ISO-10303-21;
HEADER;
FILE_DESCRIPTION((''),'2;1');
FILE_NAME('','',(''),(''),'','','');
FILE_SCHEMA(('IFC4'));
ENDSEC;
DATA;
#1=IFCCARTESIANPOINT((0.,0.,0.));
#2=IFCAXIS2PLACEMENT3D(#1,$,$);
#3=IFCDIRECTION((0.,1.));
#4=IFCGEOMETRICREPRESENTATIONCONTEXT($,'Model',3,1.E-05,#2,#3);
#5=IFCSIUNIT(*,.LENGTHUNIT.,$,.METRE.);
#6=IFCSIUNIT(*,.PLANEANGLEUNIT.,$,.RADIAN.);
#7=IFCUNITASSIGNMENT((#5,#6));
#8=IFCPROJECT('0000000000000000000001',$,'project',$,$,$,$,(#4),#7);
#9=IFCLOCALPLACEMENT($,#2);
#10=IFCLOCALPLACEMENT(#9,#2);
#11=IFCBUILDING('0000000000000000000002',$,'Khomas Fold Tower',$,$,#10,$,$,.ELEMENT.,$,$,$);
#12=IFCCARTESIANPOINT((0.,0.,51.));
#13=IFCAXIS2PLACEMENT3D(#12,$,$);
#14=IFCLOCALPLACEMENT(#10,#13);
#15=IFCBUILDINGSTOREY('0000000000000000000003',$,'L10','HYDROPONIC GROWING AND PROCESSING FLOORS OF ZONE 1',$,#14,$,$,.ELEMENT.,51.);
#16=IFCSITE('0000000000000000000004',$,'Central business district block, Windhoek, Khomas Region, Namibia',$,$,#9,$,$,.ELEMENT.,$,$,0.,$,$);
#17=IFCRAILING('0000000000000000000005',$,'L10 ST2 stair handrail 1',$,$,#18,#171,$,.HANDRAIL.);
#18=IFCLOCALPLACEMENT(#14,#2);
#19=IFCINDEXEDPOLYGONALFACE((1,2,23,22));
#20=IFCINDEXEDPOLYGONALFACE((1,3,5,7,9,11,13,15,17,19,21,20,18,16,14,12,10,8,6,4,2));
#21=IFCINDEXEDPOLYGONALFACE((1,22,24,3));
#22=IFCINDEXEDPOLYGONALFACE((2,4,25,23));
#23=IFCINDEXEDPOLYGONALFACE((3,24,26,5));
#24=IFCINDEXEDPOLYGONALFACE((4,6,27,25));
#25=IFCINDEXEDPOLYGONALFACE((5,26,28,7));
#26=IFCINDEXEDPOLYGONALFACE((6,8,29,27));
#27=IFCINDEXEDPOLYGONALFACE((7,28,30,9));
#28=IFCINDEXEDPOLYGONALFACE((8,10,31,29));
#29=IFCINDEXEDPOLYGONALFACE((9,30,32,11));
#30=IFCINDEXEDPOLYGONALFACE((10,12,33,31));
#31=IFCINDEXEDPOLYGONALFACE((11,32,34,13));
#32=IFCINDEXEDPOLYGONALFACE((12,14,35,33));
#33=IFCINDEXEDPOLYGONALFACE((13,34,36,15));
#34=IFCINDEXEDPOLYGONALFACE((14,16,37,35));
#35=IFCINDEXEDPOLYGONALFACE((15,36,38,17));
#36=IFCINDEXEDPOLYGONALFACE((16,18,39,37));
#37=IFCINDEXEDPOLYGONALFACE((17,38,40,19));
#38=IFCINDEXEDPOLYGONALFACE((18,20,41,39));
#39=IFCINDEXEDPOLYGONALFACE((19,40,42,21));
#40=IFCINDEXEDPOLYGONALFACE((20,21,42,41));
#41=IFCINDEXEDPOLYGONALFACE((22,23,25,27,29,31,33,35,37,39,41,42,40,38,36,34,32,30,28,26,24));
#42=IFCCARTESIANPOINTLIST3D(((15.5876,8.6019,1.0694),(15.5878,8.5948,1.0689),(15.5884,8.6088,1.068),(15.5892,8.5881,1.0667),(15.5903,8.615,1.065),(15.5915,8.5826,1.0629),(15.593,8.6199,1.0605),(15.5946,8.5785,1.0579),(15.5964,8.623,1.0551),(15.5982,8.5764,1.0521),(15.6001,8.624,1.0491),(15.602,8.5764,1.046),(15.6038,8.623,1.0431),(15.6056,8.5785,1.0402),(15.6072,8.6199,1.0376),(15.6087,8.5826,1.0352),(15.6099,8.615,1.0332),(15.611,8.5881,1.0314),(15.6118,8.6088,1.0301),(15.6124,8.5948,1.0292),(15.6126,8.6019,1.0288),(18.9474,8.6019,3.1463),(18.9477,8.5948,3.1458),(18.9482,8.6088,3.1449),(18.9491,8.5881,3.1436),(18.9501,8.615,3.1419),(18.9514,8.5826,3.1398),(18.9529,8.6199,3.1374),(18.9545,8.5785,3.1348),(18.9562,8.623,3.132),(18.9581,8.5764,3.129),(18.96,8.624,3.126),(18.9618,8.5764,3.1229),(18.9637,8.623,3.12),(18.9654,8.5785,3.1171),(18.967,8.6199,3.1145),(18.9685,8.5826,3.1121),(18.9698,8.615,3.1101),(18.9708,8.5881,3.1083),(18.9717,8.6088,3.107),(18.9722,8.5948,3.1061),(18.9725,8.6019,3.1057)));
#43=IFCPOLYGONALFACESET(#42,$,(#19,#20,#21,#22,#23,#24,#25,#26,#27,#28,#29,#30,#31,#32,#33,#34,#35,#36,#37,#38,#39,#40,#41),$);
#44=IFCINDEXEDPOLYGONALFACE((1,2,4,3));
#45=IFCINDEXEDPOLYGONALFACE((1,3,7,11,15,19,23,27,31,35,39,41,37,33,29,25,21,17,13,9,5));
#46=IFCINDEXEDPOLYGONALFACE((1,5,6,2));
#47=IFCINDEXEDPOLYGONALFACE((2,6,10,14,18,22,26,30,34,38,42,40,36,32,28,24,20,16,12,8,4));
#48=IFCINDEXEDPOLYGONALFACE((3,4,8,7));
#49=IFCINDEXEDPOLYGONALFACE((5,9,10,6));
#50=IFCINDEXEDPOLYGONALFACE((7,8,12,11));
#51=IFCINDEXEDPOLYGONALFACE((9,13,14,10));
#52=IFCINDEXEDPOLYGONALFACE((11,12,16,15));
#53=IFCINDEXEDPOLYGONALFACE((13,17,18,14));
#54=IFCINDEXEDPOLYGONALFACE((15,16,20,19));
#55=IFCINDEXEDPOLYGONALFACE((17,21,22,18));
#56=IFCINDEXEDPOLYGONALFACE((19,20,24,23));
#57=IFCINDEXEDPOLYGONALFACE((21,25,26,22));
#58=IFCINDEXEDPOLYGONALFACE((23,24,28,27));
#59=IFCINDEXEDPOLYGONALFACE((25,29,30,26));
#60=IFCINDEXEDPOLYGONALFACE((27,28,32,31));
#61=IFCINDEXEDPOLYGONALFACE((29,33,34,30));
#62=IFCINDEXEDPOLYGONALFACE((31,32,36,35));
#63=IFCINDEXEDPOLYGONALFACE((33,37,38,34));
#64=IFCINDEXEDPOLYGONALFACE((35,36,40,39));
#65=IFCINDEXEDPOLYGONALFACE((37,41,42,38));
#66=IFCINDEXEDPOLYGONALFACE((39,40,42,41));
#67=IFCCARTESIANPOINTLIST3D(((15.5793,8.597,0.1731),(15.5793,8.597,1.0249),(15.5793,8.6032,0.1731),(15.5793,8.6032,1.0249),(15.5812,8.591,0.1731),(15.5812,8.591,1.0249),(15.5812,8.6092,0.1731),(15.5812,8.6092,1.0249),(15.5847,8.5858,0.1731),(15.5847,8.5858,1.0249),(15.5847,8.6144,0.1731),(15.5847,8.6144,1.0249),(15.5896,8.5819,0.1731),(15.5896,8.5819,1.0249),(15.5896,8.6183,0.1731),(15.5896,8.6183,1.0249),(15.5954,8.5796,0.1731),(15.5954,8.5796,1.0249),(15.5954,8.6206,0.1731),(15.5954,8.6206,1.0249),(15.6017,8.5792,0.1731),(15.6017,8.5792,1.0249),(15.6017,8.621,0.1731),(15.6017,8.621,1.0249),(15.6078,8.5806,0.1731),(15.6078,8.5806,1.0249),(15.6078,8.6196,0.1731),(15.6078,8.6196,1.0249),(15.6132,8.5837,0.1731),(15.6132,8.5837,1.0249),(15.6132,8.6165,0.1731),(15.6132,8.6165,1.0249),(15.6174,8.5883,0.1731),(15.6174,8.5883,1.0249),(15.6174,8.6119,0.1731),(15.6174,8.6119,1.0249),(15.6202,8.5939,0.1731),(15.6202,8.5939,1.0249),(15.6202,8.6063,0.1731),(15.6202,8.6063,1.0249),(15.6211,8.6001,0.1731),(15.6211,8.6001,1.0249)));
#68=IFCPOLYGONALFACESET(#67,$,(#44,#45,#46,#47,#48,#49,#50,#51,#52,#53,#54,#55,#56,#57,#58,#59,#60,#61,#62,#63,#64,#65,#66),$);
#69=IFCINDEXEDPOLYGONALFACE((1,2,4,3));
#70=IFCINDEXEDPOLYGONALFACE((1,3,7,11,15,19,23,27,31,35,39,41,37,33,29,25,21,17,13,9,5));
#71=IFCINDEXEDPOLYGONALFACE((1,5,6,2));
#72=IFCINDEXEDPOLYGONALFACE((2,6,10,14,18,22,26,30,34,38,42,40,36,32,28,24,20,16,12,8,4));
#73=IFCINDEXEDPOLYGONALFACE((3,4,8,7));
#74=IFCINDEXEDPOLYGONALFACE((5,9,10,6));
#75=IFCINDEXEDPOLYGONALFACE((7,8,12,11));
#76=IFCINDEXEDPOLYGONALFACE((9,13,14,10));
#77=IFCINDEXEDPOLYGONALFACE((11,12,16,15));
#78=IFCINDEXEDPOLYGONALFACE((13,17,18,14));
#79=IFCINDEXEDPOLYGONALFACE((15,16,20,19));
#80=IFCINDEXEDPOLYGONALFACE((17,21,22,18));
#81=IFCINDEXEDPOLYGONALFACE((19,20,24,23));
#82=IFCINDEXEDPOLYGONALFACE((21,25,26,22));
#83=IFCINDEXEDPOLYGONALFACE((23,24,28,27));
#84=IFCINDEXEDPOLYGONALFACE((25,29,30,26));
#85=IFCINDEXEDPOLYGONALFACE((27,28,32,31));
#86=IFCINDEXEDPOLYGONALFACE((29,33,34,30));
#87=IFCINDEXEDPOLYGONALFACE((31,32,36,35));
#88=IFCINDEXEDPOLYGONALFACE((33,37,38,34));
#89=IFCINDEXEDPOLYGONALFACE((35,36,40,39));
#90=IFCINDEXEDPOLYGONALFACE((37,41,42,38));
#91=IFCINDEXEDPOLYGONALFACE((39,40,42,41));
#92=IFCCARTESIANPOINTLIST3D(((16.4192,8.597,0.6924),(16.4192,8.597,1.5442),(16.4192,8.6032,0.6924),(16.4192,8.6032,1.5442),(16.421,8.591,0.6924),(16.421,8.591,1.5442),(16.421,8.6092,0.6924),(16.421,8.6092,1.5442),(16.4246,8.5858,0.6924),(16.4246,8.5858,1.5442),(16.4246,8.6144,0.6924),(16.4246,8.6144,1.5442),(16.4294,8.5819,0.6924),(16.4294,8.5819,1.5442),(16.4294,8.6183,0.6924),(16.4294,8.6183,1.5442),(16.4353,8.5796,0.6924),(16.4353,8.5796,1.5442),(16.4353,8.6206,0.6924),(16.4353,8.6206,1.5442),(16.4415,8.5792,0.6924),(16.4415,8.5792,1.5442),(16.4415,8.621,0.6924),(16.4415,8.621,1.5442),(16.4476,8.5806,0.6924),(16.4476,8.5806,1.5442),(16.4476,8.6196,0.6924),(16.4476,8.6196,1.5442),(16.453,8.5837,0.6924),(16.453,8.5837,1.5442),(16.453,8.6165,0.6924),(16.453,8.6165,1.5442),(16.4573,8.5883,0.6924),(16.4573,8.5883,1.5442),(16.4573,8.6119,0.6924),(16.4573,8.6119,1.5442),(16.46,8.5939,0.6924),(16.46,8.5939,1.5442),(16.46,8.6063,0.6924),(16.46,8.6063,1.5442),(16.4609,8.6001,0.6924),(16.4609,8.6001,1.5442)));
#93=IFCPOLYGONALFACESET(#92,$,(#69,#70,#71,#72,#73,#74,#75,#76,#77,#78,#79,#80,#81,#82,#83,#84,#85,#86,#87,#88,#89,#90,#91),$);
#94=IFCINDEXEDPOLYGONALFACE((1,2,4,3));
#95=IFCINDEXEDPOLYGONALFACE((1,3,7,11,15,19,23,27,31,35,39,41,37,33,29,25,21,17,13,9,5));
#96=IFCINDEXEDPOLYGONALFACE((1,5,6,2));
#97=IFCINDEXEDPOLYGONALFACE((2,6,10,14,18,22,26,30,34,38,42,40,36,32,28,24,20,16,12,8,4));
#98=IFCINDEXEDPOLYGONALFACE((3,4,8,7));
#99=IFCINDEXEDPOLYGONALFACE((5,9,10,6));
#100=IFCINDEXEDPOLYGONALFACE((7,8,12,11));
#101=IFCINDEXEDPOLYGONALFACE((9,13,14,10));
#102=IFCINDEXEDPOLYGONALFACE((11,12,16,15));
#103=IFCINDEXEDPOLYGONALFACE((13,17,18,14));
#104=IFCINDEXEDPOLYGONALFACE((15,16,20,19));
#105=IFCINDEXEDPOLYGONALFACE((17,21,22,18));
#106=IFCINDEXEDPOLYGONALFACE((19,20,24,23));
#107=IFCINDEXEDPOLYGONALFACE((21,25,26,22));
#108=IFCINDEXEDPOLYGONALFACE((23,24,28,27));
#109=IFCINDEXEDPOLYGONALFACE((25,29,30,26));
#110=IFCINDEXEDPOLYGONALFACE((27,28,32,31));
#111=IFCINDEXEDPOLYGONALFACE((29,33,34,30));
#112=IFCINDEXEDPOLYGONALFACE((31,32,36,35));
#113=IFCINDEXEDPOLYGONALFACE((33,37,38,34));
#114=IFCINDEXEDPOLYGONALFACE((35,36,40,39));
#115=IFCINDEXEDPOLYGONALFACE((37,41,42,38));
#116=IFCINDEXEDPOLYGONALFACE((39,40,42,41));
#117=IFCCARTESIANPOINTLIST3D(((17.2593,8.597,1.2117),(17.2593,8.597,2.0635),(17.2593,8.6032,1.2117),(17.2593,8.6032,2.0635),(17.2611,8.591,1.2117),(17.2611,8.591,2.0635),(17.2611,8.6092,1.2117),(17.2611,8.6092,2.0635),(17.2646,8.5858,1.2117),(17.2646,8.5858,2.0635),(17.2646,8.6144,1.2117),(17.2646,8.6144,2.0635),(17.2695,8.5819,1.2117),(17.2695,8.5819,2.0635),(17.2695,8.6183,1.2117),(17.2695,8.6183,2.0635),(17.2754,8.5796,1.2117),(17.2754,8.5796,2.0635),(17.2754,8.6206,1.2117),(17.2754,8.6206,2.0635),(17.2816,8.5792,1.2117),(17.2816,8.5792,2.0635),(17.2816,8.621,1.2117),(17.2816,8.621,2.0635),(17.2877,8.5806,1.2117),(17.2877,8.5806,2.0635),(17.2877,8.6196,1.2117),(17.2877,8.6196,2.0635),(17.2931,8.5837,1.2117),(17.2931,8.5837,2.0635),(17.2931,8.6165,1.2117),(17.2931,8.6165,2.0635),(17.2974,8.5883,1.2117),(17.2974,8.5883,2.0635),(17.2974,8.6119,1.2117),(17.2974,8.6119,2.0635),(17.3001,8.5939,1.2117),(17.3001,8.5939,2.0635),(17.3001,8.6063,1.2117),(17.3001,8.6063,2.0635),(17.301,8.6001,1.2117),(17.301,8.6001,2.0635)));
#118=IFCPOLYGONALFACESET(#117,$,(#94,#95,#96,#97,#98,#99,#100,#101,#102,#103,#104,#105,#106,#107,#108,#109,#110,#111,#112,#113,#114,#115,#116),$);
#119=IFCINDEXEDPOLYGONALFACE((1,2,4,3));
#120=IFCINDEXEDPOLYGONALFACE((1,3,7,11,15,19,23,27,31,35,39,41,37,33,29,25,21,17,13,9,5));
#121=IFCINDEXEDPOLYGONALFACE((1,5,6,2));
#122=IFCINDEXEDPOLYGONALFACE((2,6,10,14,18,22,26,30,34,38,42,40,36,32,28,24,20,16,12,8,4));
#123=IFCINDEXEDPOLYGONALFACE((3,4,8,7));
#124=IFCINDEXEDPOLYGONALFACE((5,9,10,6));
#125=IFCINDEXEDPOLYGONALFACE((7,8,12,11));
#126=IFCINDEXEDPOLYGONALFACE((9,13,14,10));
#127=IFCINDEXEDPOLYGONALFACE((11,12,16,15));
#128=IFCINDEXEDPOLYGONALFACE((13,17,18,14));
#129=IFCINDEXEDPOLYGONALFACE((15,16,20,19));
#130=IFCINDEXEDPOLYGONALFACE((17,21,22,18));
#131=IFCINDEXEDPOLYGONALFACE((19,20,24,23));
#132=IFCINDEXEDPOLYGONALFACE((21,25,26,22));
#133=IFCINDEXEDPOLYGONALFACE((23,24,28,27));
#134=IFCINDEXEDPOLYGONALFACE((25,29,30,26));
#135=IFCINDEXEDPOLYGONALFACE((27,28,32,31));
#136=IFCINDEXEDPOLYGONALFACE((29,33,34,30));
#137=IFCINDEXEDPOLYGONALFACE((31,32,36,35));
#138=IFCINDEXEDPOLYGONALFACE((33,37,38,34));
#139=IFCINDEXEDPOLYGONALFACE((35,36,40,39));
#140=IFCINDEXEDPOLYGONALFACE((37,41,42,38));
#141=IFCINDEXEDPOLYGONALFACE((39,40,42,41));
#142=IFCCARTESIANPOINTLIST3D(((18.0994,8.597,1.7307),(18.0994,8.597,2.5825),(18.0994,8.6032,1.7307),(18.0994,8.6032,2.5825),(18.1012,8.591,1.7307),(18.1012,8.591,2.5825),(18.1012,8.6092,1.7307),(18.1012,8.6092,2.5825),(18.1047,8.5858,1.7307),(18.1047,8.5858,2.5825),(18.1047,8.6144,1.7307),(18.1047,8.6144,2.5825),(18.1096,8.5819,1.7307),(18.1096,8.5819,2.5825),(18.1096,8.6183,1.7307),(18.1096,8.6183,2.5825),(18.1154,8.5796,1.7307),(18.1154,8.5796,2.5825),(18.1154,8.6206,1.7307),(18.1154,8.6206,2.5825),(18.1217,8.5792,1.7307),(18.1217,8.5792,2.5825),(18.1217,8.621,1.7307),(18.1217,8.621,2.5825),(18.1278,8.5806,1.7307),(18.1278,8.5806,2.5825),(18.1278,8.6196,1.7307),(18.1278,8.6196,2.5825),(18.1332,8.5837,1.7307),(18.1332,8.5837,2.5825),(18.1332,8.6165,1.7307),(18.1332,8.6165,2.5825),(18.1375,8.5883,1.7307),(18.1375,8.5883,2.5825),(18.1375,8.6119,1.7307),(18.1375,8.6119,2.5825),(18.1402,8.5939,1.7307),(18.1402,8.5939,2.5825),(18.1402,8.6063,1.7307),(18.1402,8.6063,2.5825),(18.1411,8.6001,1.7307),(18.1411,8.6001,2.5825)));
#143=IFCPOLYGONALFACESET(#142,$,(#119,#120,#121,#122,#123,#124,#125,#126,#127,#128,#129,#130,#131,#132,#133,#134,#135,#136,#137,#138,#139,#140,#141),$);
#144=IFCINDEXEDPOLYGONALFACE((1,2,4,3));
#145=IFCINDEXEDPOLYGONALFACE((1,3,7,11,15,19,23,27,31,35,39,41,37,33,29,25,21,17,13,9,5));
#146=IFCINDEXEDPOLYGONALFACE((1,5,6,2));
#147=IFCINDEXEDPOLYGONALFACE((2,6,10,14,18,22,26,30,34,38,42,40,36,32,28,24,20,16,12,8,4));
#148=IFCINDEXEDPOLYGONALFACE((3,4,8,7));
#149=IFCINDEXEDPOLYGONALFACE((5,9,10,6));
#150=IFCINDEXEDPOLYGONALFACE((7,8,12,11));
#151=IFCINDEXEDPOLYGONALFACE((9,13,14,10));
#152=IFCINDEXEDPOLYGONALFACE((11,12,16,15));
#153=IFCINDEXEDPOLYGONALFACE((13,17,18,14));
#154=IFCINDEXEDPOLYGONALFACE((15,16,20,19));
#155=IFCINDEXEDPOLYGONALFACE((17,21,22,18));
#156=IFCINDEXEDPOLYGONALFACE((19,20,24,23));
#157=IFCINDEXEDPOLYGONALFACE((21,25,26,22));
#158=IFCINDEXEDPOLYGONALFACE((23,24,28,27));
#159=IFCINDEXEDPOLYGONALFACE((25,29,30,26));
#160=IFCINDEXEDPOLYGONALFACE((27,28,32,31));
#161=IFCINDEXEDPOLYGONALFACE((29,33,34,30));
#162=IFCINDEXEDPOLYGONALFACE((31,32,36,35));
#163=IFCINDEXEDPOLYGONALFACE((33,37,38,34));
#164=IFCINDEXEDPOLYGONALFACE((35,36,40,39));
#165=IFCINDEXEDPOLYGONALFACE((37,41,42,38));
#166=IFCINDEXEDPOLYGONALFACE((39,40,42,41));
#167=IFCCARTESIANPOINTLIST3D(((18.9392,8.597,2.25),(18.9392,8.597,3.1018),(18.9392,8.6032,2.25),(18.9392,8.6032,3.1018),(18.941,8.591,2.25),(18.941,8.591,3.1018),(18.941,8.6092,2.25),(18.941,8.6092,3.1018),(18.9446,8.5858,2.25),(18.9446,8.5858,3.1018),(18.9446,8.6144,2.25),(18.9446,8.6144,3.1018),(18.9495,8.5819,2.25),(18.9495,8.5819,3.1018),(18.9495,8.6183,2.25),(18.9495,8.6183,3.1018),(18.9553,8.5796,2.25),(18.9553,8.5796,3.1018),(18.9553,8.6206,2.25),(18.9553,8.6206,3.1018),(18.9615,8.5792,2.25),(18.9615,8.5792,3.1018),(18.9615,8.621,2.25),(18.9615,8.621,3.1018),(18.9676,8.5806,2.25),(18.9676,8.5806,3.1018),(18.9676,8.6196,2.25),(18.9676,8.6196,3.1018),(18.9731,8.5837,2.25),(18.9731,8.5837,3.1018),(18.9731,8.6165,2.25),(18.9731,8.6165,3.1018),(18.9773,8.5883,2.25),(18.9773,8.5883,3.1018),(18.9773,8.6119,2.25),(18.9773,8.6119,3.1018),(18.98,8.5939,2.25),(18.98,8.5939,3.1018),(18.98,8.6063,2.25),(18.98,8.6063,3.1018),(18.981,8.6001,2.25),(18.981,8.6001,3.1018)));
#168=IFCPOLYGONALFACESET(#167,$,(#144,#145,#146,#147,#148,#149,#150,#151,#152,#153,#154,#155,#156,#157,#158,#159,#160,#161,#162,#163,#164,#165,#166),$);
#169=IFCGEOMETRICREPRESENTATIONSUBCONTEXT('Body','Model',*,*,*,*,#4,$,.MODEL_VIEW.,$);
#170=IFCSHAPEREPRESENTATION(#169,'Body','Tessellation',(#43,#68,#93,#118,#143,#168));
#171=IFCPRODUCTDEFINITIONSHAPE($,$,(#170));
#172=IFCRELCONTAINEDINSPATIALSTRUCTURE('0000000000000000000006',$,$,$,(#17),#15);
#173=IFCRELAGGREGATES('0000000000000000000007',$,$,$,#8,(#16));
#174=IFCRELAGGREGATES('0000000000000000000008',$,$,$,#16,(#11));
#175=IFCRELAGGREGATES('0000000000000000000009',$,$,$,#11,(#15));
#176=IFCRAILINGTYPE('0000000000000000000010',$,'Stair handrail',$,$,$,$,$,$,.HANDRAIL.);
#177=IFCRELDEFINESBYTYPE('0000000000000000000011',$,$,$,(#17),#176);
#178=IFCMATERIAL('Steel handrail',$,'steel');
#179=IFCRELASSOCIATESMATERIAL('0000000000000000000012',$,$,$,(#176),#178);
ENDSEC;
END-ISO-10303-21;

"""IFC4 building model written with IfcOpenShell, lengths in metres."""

from ifc_helpers import new_model, si_unit, direction, frame, origin, origin_2d, place, context, subcontext, project, spatial, circle, extrude, source, transform, mapped, material, type_object, element, save


model = new_model("IFC4")

# Units and contexts
model_context = context("Model", 3, precision=1e-05, world=origin(), true_north=direction((0.0, 1.0)))
body_context = subcontext(model_context, "Body", "Model", "MODEL_VIEW")
ifc_project = project(units=[si_unit("LENGTHUNIT", "METRE"), si_unit("PLANEANGLEUNIT", "RADIAN")], contexts=[model_context])

# Site, building, storey
site_placement = place(None, origin())
site = spatial("IfcSite", under=ifc_project, at=site_placement, Name="Central business district block, Windhoek, Khomas Region, Namibia", CompositionType="ELEMENT", RefElevation=0.0)
building_placement = place(site_placement, origin())
building = spatial("IfcBuilding", under=site, at=building_placement, Name="Khomas Fold Tower", CompositionType="ELEMENT")
storey_placement = place(building_placement, frame((0.0, 0.0, 51.0)))
storey = spatial("IfcBuildingStorey", under=building, at=storey_placement, Name="L10", Description="HYDROPONIC GROWING AND PROCESSING FLOORS OF ZONE 1", CompositionType="ELEMENT", Elevation=51.0)

# Railing
ifc_material_1 = material(Name="Steel handrail", Category="steel")
railing_type = type_object("IfcRailingType", Name="Stair handrail", PredefinedType="HANDRAIL", material=ifc_material_1)
shared_shape_1 = source(origin(), body_context, "Body", "SweptSolid", [
    extrude(circle(Radius=0.0239, at=origin_2d()), frame((0.0, 0.0, 0.876), z_axis=(0.850606, 0.0, 0.525803), x_axis=(0.0, 1.0, 0.0)), (0.0, 0.0, 1.0), 3.95),
    extrude(circle(Radius=0.021, at=origin_2d()), origin(), (0.0, 0.0, 1.0), 0.8518),
    extrude(circle(Radius=0.021, at=origin_2d()), frame((0.8398, 0.0, 0.5193)), (0.0, 0.0, 1.0), 0.8518),
    extrude(circle(Radius=0.021, at=origin_2d()), frame((1.6799, 0.0, 1.0386)), (0.0, 0.0, 1.0), 0.8518),
    extrude(circle(Radius=0.021, at=origin_2d()), frame((2.52, 0.0, 1.5576)), (0.0, 0.0, 1.0), 0.8518),
    extrude(circle(Radius=0.021, at=origin_2d()), frame((3.3599, 0.0, 2.0769)), (0.0, 0.0, 1.0), 0.8518),
])
railing_placement = place(storey_placement, frame((15.6001, 8.6001, 0.1731)))
element("IfcRailing", 1, at=railing_placement, inside=storey, type_object=railing_type, Name="L10 ST2 stair handrail 1", PredefinedType="HANDRAIL", context=body_context, shape_type="MappedRepresentation", body=[
    mapped(shared_shape_1, transform((0.0, 0.0, 0.0))),
])

save(model, "model.ifc")
